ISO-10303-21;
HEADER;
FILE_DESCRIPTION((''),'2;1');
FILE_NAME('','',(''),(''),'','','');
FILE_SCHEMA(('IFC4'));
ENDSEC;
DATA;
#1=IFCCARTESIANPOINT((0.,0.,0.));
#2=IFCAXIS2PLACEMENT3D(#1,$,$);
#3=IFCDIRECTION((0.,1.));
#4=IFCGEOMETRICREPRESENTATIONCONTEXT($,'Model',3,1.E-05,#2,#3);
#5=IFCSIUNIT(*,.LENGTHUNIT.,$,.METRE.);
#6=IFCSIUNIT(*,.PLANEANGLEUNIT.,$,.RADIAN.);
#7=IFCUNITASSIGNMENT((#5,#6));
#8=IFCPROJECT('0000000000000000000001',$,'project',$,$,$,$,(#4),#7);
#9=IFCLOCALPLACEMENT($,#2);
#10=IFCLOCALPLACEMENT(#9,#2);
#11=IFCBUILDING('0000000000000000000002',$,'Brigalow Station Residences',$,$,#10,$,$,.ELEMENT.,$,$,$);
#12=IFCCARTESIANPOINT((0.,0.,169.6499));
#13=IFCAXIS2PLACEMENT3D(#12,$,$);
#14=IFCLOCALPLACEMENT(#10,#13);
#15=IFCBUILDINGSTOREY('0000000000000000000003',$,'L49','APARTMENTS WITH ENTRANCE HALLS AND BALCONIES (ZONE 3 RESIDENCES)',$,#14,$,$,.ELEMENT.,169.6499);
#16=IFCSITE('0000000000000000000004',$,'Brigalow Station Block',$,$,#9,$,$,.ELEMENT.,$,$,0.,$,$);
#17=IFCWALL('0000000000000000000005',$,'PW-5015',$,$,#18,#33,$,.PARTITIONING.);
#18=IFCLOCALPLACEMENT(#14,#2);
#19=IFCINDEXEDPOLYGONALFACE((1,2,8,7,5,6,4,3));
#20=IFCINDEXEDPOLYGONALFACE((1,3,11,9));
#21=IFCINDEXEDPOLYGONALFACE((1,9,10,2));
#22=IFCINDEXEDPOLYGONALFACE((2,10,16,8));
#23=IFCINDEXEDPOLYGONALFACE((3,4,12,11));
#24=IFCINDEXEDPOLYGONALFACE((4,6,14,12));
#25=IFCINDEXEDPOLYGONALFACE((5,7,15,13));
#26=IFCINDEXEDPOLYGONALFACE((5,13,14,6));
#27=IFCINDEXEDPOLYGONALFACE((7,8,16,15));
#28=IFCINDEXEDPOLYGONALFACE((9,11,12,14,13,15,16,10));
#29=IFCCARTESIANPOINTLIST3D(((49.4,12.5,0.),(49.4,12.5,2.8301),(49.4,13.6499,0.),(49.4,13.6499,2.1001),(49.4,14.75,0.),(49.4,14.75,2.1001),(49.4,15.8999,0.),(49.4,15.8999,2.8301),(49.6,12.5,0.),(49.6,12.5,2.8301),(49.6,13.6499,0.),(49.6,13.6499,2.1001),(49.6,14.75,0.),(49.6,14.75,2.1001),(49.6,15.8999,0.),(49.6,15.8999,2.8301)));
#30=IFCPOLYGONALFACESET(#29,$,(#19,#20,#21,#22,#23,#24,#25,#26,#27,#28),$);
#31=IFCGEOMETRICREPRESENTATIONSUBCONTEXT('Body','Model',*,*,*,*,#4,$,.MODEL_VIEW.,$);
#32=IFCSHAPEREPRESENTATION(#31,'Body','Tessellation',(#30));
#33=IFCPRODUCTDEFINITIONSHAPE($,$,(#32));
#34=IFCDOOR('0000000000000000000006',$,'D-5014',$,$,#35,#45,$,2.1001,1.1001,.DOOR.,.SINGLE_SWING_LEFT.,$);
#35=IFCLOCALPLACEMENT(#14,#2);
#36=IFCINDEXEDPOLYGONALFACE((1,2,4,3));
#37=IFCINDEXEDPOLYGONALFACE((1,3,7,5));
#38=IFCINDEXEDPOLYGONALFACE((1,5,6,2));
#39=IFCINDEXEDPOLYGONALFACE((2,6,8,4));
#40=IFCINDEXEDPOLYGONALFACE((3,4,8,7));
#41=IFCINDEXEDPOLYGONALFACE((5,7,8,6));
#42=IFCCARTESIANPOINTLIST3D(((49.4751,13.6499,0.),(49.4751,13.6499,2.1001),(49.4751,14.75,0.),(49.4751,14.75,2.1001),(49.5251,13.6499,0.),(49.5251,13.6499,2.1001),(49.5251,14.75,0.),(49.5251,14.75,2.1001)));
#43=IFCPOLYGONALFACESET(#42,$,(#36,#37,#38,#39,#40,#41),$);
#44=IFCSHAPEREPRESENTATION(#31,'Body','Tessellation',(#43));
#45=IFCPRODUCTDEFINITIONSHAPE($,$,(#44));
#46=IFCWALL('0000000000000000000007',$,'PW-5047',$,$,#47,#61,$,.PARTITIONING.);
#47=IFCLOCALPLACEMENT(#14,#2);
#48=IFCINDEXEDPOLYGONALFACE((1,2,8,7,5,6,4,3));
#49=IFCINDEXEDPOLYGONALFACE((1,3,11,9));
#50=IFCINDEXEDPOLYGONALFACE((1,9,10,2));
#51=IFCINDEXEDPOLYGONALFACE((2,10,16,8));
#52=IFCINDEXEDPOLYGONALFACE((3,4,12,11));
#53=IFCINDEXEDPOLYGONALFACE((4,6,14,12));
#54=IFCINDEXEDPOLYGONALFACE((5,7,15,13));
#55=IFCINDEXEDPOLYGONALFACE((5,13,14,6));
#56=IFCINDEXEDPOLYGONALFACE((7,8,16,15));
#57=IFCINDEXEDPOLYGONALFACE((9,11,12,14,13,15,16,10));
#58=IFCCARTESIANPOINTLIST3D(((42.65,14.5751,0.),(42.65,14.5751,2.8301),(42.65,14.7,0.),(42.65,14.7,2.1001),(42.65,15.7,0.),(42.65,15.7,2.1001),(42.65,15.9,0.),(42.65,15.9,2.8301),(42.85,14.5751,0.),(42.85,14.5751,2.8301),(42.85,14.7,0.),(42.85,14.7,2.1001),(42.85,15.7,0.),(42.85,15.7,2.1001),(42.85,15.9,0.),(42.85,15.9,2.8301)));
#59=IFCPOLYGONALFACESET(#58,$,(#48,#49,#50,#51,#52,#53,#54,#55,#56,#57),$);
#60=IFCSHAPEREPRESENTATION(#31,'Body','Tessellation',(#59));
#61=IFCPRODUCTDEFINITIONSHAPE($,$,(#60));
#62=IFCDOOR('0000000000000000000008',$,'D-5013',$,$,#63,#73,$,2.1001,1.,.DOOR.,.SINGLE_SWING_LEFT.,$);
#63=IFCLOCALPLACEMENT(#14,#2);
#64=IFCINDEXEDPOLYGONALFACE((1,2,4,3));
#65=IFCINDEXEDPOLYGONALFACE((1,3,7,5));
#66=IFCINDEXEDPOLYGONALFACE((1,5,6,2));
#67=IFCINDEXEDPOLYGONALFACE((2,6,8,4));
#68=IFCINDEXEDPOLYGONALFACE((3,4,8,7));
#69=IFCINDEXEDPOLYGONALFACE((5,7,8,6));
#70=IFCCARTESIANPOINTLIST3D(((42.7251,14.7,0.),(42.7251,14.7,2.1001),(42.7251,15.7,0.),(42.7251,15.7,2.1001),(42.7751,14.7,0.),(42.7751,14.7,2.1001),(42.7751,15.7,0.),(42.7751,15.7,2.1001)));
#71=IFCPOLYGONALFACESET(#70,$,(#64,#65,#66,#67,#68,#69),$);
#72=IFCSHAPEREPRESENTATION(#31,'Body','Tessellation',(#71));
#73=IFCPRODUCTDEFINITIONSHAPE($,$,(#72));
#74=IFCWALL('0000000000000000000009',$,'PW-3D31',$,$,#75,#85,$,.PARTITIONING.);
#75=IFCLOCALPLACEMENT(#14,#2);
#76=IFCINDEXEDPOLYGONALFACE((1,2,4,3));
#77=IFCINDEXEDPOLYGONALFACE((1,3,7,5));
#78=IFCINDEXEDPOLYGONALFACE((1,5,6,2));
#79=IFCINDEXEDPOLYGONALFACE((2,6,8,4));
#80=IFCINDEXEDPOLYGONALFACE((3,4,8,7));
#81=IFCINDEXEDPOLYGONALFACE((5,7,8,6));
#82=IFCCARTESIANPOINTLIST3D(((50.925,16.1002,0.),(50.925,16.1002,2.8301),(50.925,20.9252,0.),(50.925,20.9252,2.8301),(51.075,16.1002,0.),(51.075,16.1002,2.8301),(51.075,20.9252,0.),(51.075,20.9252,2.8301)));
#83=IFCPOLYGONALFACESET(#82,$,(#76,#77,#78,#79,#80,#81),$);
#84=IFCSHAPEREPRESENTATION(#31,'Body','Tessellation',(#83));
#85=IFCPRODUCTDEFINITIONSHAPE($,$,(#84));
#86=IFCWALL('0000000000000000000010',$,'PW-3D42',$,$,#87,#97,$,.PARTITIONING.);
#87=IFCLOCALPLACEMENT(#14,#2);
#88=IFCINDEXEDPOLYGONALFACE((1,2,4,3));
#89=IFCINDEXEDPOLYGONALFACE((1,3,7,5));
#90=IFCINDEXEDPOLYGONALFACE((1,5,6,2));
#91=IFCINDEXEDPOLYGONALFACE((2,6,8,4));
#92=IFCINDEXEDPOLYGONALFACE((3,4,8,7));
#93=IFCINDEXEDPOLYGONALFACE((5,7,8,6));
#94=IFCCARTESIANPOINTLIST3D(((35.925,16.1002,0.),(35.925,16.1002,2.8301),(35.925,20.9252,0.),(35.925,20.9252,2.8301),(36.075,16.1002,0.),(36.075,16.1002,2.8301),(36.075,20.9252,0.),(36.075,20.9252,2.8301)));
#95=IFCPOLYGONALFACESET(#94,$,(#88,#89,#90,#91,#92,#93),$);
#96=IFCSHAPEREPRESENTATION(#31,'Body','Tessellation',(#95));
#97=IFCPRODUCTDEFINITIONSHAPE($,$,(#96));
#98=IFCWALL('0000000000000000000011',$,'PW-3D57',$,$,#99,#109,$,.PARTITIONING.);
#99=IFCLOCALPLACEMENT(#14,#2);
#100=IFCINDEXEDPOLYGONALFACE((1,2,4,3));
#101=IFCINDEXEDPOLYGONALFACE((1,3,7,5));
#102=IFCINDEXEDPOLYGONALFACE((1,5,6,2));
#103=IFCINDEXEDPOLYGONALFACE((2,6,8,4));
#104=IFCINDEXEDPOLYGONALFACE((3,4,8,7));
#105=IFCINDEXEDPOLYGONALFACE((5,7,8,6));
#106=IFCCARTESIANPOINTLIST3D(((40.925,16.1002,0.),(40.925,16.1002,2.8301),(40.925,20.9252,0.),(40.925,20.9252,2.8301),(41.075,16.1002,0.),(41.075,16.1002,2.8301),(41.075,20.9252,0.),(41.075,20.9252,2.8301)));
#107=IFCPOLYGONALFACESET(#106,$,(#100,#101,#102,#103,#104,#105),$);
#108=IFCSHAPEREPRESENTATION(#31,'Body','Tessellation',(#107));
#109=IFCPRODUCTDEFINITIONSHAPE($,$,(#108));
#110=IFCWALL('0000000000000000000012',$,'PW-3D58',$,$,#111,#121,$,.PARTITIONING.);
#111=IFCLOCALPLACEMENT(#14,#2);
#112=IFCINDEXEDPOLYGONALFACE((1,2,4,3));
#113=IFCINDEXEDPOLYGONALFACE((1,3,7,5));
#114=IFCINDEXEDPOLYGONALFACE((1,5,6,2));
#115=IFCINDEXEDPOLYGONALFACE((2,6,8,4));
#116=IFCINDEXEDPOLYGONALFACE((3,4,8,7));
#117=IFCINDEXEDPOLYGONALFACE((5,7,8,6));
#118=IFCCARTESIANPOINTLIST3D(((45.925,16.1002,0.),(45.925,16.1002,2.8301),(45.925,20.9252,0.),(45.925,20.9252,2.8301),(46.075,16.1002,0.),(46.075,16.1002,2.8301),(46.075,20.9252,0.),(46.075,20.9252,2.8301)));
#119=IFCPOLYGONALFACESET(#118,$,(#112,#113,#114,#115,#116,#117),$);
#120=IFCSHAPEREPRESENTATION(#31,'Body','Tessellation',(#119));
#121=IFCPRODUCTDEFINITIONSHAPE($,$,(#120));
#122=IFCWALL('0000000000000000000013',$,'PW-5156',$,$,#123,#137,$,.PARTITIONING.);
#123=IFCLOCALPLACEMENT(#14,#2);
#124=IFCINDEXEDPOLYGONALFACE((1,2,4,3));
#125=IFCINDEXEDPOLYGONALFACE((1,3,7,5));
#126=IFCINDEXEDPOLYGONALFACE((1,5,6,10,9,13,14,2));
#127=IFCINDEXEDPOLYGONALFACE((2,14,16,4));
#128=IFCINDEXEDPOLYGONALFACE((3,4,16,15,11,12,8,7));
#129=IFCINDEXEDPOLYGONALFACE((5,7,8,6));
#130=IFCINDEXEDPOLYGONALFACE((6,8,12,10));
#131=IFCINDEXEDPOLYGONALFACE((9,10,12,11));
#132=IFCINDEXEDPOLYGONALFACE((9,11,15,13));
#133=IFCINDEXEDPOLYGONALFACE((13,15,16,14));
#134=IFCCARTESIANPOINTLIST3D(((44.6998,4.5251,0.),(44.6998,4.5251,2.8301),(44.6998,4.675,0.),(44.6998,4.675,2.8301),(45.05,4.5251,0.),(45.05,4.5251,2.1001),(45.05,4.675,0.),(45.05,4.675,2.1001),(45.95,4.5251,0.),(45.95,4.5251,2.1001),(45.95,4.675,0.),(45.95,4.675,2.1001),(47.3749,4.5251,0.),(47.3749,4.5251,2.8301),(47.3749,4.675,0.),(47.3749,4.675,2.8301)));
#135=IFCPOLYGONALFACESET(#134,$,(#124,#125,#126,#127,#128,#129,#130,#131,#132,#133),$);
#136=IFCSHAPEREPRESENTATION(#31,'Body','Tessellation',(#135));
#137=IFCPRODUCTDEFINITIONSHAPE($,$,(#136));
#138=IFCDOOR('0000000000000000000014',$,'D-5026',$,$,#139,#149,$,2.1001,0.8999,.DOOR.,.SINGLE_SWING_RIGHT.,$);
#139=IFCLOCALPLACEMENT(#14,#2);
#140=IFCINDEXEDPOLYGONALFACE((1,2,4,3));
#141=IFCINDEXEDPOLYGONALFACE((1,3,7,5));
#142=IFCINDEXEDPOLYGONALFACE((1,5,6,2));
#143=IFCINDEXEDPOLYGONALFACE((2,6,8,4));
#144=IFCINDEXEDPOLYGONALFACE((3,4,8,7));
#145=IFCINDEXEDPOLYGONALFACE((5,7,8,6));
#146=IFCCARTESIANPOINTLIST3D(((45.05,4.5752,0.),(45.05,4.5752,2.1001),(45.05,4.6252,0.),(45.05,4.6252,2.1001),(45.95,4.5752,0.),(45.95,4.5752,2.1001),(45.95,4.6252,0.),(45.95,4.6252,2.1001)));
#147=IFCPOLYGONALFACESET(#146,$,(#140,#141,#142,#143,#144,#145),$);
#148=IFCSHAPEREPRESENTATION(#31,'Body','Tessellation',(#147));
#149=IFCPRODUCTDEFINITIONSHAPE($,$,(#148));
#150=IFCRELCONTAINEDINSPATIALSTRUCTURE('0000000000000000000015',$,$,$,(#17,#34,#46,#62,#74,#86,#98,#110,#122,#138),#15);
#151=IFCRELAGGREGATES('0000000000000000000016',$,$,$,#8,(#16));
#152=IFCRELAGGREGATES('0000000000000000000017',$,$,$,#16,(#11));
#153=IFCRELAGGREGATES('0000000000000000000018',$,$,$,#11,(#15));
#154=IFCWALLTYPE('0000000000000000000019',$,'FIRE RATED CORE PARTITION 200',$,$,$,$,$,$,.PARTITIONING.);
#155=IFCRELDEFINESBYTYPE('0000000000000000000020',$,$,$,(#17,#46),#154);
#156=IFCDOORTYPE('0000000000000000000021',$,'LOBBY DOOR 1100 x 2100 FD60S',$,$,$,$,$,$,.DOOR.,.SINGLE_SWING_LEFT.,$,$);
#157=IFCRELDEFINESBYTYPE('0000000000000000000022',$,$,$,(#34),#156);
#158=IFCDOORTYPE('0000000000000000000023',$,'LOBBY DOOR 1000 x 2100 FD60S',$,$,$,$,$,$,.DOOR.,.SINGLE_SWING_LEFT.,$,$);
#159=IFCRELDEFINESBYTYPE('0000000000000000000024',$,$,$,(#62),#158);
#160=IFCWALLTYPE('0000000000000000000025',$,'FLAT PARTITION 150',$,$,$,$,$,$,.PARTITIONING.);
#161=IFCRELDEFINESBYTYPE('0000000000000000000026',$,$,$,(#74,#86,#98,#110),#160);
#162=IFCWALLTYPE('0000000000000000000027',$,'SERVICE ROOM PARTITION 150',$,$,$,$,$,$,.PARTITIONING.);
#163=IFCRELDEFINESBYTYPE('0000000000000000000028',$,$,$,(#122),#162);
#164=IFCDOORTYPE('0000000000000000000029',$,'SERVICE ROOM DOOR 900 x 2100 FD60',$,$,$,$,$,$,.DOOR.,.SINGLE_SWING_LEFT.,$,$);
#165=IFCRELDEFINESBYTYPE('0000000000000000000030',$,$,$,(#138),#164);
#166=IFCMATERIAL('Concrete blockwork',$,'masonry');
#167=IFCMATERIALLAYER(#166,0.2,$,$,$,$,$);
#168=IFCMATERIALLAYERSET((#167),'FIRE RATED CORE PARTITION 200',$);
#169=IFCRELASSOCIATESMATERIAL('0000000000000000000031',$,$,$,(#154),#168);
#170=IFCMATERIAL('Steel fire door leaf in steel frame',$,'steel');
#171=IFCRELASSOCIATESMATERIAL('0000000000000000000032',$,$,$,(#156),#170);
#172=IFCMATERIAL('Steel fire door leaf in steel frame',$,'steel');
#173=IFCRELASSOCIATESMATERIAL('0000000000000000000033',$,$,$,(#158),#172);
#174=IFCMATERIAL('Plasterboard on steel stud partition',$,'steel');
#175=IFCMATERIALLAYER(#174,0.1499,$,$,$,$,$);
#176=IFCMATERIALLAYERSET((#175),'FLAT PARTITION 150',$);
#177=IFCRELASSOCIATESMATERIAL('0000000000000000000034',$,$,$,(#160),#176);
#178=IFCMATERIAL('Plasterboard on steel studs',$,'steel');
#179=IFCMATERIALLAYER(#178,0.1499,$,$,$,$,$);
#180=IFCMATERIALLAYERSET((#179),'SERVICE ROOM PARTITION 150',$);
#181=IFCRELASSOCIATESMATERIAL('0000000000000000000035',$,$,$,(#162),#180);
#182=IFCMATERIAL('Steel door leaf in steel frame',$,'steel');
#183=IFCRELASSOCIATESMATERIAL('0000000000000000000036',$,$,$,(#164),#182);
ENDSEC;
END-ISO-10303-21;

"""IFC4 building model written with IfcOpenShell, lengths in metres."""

from ifc_helpers import new_model, si_unit, direction, frame, frame_2d, origin, place, context, subcontext, project, spatial, rectangle, extrude, material, layer, layer_set, type_object, element, fill, save


model = new_model("IFC4")

# Units and contexts
model_context = context("Model", 3, precision=1e-05, world=origin(), true_north=direction((0.0, 1.0)))
body_context = subcontext(model_context, "Body", "Model", "MODEL_VIEW")
ifc_project = project(units=[si_unit("LENGTHUNIT", "METRE"), si_unit("PLANEANGLEUNIT", "RADIAN")], contexts=[model_context])

# Site, building, storey
site_placement = place(None, origin())
site = spatial("IfcSite", under=ifc_project, at=site_placement, Name="Brigalow Station Block", CompositionType="ELEMENT", RefElevation=0.0)
building_placement = place(site_placement, origin())
building = spatial("IfcBuilding", under=site, at=building_placement, Name="Brigalow Station Residences", CompositionType="ELEMENT")
storey_placement = place(building_placement, frame((0.0, 0.0, 169.6499)))
storey = spatial("IfcBuildingStorey", under=building, at=storey_placement, Name="L49", Description="APARTMENTS WITH ENTRANCE HALLS AND BALCONIES (ZONE 3 RESIDENCES)", CompositionType="ELEMENT", Elevation=169.6499)

# Shared definitions
ifc_material_1 = material(Name="Concrete blockwork", Category="masonry")
ifc_layer_1 = layer(ifc_material_1, 0.2)
ifc_layer_set_1 = layer_set([ifc_layer_1], Name="FIRE RATED CORE PARTITION 200")
wall_type_1 = type_object("IfcWallType", Name="FIRE RATED CORE PARTITION 200", PredefinedType="PARTITIONING", material=ifc_layer_set_1)

# Walls, openings, doors
wall_1_placement = place(storey_placement, frame((49.5, 12.5, 0.0), z_axis=(0.0, 0.0, 1.0), x_axis=(0.0, 1.0, 0.0)))
wall_1 = element("IfcWall", 1, at=wall_1_placement, inside=storey, type_object=wall_type_1, Name="PW-5015", PredefinedType="PARTITIONING", context=body_context, shape_type="SweptSolid", body=[
    extrude(rectangle(XDim=3.3999, YDim=0.2, at=frame_2d((1.7, 0.0))), origin(), (0.0, 0.0, 1.0), 2.8301),
])
opening_1_placement = place(wall_1_placement, frame((1.1499, 0.0, 0.0)))
opening_1 = element("IfcOpeningElement", 2, at=opening_1_placement, cuts=wall_1, PredefinedType="OPENING", context=body_context, shape_type="SweptSolid", body=[
    extrude(rectangle(XDim=1.1001, YDim=2.1001, at=frame_2d((0.55, 1.05))), frame((0.0, 0.1099, 0.0), z_axis=(0.0, -1.0, 0.0), x_axis=(1.0, 0.0, 0.0)), (0.0, 0.0, 1.0), 0.22),
])
ifc_material_2 = material(Name="Steel fire door leaf in steel frame", Category="steel")
door_type_1 = type_object("IfcDoorType", Name="LOBBY DOOR 1100 x 2100 FD60S", OperationType="SINGLE_SWING_LEFT", PredefinedType="DOOR", material=ifc_material_2)
door_1_placement = place(opening_1_placement, origin())
door_1 = element("IfcDoor", 3, at=door_1_placement, inside=storey, type_object=door_type_1, Name="D-5014", OperationType="SINGLE_SWING_LEFT", OverallHeight=2.1001, OverallWidth=1.1001, PredefinedType="DOOR", context=body_context, shape_type="SweptSolid", body=[
    extrude(rectangle(XDim=1.1001, YDim=2.1001, at=frame_2d((0.55, 1.05))), frame((0.0, 0.0249, 0.0), z_axis=(0.0, -1.0, 0.0), x_axis=(1.0, 0.0, 0.0)), (0.0, 0.0, 1.0), 0.05),
])
fill(opening_1, door_1)
wall_2_placement = place(storey_placement, frame((42.75, 14.575, 0.0), z_axis=(0.0, 0.0, 1.0), x_axis=(0.0, 1.0, 0.0)))
wall_2 = element("IfcWall", 4, at=wall_2_placement, inside=storey, type_object=wall_type_1, Name="PW-5047", PredefinedType="PARTITIONING", context=body_context, shape_type="SweptSolid", body=[
    extrude(rectangle(XDim=1.325, YDim=0.2, at=frame_2d((0.6626, 0.0))), origin(), (0.0, 0.0, 1.0), 2.8301),
])
opening_2_placement = place(wall_2_placement, frame((0.125, 0.0, 0.0)))
opening_2 = element("IfcOpeningElement", 5, at=opening_2_placement, cuts=wall_2, PredefinedType="OPENING", context=body_context, shape_type="SweptSolid", body=[
    extrude(rectangle(XDim=1.0, YDim=2.1001, at=frame_2d((0.5, 1.05))), frame((0.0, 0.1099, 0.0), z_axis=(0.0, -1.0, 0.0), x_axis=(1.0, 0.0, 0.0)), (0.0, 0.0, 1.0), 0.22),
])
ifc_material_3 = material(Name="Steel fire door leaf in steel frame", Category="steel")
door_type_2 = type_object("IfcDoorType", Name="LOBBY DOOR 1000 x 2100 FD60S", OperationType="SINGLE_SWING_LEFT", PredefinedType="DOOR", material=ifc_material_3)
door_2_placement = place(opening_2_placement, origin())
door_2 = element("IfcDoor", 6, at=door_2_placement, inside=storey, type_object=door_type_2, Name="D-5013", OperationType="SINGLE_SWING_LEFT", OverallHeight=2.1001, OverallWidth=1.0, PredefinedType="DOOR", context=body_context, shape_type="SweptSolid", body=[
    extrude(rectangle(XDim=1.0, YDim=2.1001, at=frame_2d((0.5, 1.05))), frame((0.0, 0.0249, 0.0), z_axis=(0.0, -1.0, 0.0), x_axis=(1.0, 0.0, 0.0)), (0.0, 0.0, 1.0), 0.05),
])
fill(opening_2, door_2)

# Walls
ifc_material_4 = material(Name="Plasterboard on steel stud partition", Category="steel")
ifc_layer_2 = layer(ifc_material_4, 0.1499)
ifc_layer_set_2 = layer_set([ifc_layer_2], Name="FLAT PARTITION 150")
wall_type_2 = type_object("IfcWallType", Name="FLAT PARTITION 150", PredefinedType="PARTITIONING", material=ifc_layer_set_2)
for number, where, z_axis, x_axis, name in (
    (7, (51.0, 16.1001, 0.0), (0.0, 0.0, 1.0), (0.0, 1.0, 0.0), "PW-3D31"),
    (8, (36.0, 16.1001, 0.0), (0.0, 0.0, 1.0), (0.0, 1.0, 0.0), "PW-3D42"),
    (9, (41.0, 16.1001, 0.0), (0.0, 0.0, 1.0), (0.0, 1.0, 0.0), "PW-3D57"),
    (10, (46.0, 16.1001, 0.0), (0.0, 0.0, 1.0), (0.0, 1.0, 0.0), "PW-3D58"),
):
    element("IfcWall", number, at=place(storey_placement, frame(where, z_axis=z_axis, x_axis=x_axis)), inside=storey, type_object=wall_type_2, Name=name, PredefinedType="PARTITIONING", context=body_context, shape_type="SweptSolid", body=[
        extrude(rectangle(XDim=4.825, YDim=0.1499, at=frame_2d((2.4126, 0.0))), origin(), (0.0, 0.0, 1.0), 2.8301),
    ])

# Wall, opening, door
ifc_material_5 = material(Name="Plasterboard on steel studs", Category="steel")
ifc_layer_3 = layer(ifc_material_5, 0.1499)
ifc_layer_set_3 = layer_set([ifc_layer_3], Name="SERVICE ROOM PARTITION 150")
wall_type_3 = type_object("IfcWallType", Name="SERVICE ROOM PARTITION 150", PredefinedType="PARTITIONING", material=ifc_layer_set_3)
wall_3_placement = place(storey_placement, frame((44.7, 4.6001, 0.0), z_axis=(0.0, 0.0, 1.0), x_axis=(1.0, 0.0, 0.0)))
wall_3 = element("IfcWall", 11, at=wall_3_placement, inside=storey, type_object=wall_type_3, Name="PW-5156", PredefinedType="PARTITIONING", context=body_context, shape_type="SweptSolid", body=[
    extrude(rectangle(XDim=2.675, YDim=0.1499, at=frame_2d((1.3374, 0.0))), origin(), (0.0, 0.0, 1.0), 2.8301),
])
opening_3_placement = place(wall_3_placement, frame((0.3501, 0.0, 0.0)))
opening_3 = element("IfcOpeningElement", 12, at=opening_3_placement, cuts=wall_3, PredefinedType="OPENING", context=body_context, shape_type="SweptSolid", body=[
    extrude(rectangle(XDim=0.8999, YDim=2.1001, at=frame_2d((0.45, 1.05))), frame((0.0, 0.085, 0.0), z_axis=(0.0, -1.0, 0.0), x_axis=(1.0, 0.0, 0.0)), (0.0, 0.0, 1.0), 0.1699),
])
ifc_material_6 = material(Name="Steel door leaf in steel frame", Category="steel")
door_type_3 = type_object("IfcDoorType", Name="SERVICE ROOM DOOR 900 x 2100 FD60", OperationType="SINGLE_SWING_LEFT", PredefinedType="DOOR", material=ifc_material_6)
door_3_placement = place(opening_3_placement, frame((0.8999, 0.0, 0.0), z_axis=(0.0, 0.0, 1.0), x_axis=(-1.0, 0.0, 0.0)))
door_3 = element("IfcDoor", 13, at=door_3_placement, inside=storey, type_object=door_type_3, Name="D-5026", OperationType="SINGLE_SWING_RIGHT", OverallHeight=2.1001, OverallWidth=0.8999, PredefinedType="DOOR", context=body_context, shape_type="SweptSolid", body=[
    extrude(rectangle(XDim=0.8999, YDim=2.1001, at=frame_2d((0.45, 1.05))), frame((0.0, 0.0249, 0.0), z_axis=(0.0, -1.0, 0.0), x_axis=(1.0, 0.0, 0.0)), (0.0, 0.0, 1.0), 0.05),
])
fill(opening_3, door_3)

save(model, "model.ifc")
